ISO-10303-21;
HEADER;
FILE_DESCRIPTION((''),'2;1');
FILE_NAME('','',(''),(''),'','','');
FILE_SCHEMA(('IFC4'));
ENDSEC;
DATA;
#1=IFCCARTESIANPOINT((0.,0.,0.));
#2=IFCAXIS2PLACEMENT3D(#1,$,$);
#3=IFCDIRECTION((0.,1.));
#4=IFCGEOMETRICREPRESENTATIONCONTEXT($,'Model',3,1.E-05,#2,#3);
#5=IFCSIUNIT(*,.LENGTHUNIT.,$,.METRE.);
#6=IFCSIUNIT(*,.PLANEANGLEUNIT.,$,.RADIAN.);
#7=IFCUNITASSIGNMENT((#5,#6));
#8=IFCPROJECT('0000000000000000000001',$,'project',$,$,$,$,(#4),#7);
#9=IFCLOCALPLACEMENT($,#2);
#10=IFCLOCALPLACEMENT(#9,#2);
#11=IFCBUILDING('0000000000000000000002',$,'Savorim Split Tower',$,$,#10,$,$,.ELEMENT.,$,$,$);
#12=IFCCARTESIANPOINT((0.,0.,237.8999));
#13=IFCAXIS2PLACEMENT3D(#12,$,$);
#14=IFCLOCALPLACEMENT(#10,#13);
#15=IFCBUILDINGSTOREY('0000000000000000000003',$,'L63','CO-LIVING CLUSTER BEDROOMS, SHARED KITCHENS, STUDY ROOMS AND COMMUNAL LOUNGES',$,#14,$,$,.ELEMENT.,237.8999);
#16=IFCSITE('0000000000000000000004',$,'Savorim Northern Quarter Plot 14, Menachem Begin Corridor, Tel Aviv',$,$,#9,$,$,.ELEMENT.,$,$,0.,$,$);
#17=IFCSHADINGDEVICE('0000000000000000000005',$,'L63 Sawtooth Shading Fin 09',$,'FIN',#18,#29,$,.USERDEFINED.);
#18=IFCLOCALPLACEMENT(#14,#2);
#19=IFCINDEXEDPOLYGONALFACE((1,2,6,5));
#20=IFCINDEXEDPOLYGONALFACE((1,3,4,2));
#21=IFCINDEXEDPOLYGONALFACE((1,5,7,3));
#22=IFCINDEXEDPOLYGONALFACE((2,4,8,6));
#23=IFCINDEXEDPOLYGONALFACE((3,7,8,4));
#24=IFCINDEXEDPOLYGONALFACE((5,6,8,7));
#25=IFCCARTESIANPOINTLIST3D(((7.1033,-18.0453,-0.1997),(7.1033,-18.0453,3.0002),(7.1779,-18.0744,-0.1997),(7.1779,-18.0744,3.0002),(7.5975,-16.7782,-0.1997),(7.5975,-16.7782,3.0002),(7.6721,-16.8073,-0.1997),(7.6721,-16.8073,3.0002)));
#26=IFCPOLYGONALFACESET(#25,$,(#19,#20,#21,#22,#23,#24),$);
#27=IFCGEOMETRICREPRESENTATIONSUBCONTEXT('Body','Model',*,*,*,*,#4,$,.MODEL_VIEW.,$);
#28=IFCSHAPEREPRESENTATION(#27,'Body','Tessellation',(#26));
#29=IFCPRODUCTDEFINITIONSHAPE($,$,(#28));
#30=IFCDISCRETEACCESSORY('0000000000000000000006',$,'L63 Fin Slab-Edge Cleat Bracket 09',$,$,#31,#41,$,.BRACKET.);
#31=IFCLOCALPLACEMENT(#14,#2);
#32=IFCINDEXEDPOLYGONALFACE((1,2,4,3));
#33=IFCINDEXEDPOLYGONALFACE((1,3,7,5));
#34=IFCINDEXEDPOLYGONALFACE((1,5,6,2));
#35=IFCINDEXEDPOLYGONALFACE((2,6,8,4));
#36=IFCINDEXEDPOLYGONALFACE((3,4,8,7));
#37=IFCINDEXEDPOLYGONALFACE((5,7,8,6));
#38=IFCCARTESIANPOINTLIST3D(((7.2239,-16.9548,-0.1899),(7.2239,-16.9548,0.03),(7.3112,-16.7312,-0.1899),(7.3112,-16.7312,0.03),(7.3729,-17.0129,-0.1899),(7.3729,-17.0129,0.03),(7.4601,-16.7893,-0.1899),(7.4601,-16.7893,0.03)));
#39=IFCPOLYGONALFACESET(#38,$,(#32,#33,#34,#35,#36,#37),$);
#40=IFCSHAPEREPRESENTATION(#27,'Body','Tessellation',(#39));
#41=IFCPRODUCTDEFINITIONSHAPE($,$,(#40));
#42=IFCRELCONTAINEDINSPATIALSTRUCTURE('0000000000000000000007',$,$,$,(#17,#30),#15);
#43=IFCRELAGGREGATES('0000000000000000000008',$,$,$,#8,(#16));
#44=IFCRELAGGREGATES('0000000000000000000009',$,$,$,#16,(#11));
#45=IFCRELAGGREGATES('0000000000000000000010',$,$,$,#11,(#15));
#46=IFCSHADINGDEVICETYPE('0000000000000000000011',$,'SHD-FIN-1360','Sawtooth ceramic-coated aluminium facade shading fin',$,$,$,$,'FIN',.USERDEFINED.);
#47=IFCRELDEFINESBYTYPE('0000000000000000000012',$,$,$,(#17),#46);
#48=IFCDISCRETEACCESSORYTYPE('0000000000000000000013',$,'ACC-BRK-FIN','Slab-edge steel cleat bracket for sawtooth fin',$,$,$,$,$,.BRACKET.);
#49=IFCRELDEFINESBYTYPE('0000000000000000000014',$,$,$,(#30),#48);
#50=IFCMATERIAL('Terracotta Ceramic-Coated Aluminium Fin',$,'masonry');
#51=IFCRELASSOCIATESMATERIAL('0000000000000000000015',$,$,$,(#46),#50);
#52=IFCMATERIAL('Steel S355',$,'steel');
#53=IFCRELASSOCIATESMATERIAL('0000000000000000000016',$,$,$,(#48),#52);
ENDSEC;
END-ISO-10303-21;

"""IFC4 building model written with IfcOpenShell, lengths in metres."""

from ifc_helpers import new_model, si_unit, direction, frame, origin, origin_2d, place, context, subcontext, project, spatial, rectangle, extrude, material, type_object, element, save


model = new_model("IFC4")

# Units and contexts
model_context = context("Model", 3, precision=1e-05, world=origin(), true_north=direction((0.0, 1.0)))
body_context = subcontext(model_context, "Body", "Model", "MODEL_VIEW")
ifc_project = project(units=[si_unit("LENGTHUNIT", "METRE"), si_unit("PLANEANGLEUNIT", "RADIAN")], contexts=[model_context])

# Site, building, storey
site_placement = place(None, origin())
site = spatial("IfcSite", under=ifc_project, at=site_placement, Name="Savorim Northern Quarter Plot 14, Menachem Begin Corridor, Tel Aviv", CompositionType="ELEMENT", RefElevation=0.0)
building_placement = place(site_placement, origin())
building = spatial("IfcBuilding", under=site, at=building_placement, Name="Savorim Split Tower", CompositionType="ELEMENT")
storey_placement = place(building_placement, frame((0.0, 0.0, 237.8999)))
storey = spatial("IfcBuildingStorey", under=building, at=storey_placement, Name="L63", Description="CO-LIVING CLUSTER BEDROOMS, SHARED KITCHENS, STUDY ROOMS AND COMMUNAL LOUNGES", CompositionType="ELEMENT", Elevation=237.8999)

# Shared definitions
ifc_material_1 = material(Name="Steel S355", Category="steel")

# Shading device
ifc_material_2 = material(Name="Terracotta Ceramic-Coated Aluminium Fin", Category="masonry")
shading_device_type = type_object("IfcShadingDeviceType", Name="SHD-FIN-1360", Description="Sawtooth ceramic-coated aluminium facade shading fin", ElementType="FIN", PredefinedType="USERDEFINED", material=ifc_material_2)
shading_device_placement = place(storey_placement, frame((7.3877, -17.4263, -0.1997), z_axis=(0.0, 0.0, 1.0), x_axis=(-0.363415, -0.931627, 0.0)))
element("IfcShadingDevice", 1, at=shading_device_placement, inside=storey, type_object=shading_device_type, Name="L63 Sawtooth Shading Fin 09", ObjectType="FIN", PredefinedType="USERDEFINED", context=body_context, shape_type="SweptSolid", body=[
    extrude(rectangle(XDim=1.3601, YDim=0.0801, at=origin_2d()), origin(), (0.0, 0.0, 1.0), 3.2),
])

# Discrete accessory
discrete_accessory_type = type_object("IfcDiscreteAccessoryType", Name="ACC-BRK-FIN", Description="Slab-edge steel cleat bracket for sawtooth fin", PredefinedType="BRACKET", material=ifc_material_1)
discrete_accessory_placement = place(storey_placement, frame((7.342, -16.8721, -0.1899), z_axis=(0.0, 0.0, 1.0), x_axis=(-0.363415, -0.931627, 0.0)))
element("IfcDiscreteAccessory", 2, at=discrete_accessory_placement, inside=storey, type_object=discrete_accessory_type, Name="L63 Fin Slab-Edge Cleat Bracket 09", PredefinedType="BRACKET", context=body_context, shape_type="SweptSolid", body=[
    extrude(rectangle(XDim=0.24, YDim=0.1599, at=origin_2d()), origin(), (0.0, 0.0, 1.0), 0.22),
])

save(model, "model.ifc")
